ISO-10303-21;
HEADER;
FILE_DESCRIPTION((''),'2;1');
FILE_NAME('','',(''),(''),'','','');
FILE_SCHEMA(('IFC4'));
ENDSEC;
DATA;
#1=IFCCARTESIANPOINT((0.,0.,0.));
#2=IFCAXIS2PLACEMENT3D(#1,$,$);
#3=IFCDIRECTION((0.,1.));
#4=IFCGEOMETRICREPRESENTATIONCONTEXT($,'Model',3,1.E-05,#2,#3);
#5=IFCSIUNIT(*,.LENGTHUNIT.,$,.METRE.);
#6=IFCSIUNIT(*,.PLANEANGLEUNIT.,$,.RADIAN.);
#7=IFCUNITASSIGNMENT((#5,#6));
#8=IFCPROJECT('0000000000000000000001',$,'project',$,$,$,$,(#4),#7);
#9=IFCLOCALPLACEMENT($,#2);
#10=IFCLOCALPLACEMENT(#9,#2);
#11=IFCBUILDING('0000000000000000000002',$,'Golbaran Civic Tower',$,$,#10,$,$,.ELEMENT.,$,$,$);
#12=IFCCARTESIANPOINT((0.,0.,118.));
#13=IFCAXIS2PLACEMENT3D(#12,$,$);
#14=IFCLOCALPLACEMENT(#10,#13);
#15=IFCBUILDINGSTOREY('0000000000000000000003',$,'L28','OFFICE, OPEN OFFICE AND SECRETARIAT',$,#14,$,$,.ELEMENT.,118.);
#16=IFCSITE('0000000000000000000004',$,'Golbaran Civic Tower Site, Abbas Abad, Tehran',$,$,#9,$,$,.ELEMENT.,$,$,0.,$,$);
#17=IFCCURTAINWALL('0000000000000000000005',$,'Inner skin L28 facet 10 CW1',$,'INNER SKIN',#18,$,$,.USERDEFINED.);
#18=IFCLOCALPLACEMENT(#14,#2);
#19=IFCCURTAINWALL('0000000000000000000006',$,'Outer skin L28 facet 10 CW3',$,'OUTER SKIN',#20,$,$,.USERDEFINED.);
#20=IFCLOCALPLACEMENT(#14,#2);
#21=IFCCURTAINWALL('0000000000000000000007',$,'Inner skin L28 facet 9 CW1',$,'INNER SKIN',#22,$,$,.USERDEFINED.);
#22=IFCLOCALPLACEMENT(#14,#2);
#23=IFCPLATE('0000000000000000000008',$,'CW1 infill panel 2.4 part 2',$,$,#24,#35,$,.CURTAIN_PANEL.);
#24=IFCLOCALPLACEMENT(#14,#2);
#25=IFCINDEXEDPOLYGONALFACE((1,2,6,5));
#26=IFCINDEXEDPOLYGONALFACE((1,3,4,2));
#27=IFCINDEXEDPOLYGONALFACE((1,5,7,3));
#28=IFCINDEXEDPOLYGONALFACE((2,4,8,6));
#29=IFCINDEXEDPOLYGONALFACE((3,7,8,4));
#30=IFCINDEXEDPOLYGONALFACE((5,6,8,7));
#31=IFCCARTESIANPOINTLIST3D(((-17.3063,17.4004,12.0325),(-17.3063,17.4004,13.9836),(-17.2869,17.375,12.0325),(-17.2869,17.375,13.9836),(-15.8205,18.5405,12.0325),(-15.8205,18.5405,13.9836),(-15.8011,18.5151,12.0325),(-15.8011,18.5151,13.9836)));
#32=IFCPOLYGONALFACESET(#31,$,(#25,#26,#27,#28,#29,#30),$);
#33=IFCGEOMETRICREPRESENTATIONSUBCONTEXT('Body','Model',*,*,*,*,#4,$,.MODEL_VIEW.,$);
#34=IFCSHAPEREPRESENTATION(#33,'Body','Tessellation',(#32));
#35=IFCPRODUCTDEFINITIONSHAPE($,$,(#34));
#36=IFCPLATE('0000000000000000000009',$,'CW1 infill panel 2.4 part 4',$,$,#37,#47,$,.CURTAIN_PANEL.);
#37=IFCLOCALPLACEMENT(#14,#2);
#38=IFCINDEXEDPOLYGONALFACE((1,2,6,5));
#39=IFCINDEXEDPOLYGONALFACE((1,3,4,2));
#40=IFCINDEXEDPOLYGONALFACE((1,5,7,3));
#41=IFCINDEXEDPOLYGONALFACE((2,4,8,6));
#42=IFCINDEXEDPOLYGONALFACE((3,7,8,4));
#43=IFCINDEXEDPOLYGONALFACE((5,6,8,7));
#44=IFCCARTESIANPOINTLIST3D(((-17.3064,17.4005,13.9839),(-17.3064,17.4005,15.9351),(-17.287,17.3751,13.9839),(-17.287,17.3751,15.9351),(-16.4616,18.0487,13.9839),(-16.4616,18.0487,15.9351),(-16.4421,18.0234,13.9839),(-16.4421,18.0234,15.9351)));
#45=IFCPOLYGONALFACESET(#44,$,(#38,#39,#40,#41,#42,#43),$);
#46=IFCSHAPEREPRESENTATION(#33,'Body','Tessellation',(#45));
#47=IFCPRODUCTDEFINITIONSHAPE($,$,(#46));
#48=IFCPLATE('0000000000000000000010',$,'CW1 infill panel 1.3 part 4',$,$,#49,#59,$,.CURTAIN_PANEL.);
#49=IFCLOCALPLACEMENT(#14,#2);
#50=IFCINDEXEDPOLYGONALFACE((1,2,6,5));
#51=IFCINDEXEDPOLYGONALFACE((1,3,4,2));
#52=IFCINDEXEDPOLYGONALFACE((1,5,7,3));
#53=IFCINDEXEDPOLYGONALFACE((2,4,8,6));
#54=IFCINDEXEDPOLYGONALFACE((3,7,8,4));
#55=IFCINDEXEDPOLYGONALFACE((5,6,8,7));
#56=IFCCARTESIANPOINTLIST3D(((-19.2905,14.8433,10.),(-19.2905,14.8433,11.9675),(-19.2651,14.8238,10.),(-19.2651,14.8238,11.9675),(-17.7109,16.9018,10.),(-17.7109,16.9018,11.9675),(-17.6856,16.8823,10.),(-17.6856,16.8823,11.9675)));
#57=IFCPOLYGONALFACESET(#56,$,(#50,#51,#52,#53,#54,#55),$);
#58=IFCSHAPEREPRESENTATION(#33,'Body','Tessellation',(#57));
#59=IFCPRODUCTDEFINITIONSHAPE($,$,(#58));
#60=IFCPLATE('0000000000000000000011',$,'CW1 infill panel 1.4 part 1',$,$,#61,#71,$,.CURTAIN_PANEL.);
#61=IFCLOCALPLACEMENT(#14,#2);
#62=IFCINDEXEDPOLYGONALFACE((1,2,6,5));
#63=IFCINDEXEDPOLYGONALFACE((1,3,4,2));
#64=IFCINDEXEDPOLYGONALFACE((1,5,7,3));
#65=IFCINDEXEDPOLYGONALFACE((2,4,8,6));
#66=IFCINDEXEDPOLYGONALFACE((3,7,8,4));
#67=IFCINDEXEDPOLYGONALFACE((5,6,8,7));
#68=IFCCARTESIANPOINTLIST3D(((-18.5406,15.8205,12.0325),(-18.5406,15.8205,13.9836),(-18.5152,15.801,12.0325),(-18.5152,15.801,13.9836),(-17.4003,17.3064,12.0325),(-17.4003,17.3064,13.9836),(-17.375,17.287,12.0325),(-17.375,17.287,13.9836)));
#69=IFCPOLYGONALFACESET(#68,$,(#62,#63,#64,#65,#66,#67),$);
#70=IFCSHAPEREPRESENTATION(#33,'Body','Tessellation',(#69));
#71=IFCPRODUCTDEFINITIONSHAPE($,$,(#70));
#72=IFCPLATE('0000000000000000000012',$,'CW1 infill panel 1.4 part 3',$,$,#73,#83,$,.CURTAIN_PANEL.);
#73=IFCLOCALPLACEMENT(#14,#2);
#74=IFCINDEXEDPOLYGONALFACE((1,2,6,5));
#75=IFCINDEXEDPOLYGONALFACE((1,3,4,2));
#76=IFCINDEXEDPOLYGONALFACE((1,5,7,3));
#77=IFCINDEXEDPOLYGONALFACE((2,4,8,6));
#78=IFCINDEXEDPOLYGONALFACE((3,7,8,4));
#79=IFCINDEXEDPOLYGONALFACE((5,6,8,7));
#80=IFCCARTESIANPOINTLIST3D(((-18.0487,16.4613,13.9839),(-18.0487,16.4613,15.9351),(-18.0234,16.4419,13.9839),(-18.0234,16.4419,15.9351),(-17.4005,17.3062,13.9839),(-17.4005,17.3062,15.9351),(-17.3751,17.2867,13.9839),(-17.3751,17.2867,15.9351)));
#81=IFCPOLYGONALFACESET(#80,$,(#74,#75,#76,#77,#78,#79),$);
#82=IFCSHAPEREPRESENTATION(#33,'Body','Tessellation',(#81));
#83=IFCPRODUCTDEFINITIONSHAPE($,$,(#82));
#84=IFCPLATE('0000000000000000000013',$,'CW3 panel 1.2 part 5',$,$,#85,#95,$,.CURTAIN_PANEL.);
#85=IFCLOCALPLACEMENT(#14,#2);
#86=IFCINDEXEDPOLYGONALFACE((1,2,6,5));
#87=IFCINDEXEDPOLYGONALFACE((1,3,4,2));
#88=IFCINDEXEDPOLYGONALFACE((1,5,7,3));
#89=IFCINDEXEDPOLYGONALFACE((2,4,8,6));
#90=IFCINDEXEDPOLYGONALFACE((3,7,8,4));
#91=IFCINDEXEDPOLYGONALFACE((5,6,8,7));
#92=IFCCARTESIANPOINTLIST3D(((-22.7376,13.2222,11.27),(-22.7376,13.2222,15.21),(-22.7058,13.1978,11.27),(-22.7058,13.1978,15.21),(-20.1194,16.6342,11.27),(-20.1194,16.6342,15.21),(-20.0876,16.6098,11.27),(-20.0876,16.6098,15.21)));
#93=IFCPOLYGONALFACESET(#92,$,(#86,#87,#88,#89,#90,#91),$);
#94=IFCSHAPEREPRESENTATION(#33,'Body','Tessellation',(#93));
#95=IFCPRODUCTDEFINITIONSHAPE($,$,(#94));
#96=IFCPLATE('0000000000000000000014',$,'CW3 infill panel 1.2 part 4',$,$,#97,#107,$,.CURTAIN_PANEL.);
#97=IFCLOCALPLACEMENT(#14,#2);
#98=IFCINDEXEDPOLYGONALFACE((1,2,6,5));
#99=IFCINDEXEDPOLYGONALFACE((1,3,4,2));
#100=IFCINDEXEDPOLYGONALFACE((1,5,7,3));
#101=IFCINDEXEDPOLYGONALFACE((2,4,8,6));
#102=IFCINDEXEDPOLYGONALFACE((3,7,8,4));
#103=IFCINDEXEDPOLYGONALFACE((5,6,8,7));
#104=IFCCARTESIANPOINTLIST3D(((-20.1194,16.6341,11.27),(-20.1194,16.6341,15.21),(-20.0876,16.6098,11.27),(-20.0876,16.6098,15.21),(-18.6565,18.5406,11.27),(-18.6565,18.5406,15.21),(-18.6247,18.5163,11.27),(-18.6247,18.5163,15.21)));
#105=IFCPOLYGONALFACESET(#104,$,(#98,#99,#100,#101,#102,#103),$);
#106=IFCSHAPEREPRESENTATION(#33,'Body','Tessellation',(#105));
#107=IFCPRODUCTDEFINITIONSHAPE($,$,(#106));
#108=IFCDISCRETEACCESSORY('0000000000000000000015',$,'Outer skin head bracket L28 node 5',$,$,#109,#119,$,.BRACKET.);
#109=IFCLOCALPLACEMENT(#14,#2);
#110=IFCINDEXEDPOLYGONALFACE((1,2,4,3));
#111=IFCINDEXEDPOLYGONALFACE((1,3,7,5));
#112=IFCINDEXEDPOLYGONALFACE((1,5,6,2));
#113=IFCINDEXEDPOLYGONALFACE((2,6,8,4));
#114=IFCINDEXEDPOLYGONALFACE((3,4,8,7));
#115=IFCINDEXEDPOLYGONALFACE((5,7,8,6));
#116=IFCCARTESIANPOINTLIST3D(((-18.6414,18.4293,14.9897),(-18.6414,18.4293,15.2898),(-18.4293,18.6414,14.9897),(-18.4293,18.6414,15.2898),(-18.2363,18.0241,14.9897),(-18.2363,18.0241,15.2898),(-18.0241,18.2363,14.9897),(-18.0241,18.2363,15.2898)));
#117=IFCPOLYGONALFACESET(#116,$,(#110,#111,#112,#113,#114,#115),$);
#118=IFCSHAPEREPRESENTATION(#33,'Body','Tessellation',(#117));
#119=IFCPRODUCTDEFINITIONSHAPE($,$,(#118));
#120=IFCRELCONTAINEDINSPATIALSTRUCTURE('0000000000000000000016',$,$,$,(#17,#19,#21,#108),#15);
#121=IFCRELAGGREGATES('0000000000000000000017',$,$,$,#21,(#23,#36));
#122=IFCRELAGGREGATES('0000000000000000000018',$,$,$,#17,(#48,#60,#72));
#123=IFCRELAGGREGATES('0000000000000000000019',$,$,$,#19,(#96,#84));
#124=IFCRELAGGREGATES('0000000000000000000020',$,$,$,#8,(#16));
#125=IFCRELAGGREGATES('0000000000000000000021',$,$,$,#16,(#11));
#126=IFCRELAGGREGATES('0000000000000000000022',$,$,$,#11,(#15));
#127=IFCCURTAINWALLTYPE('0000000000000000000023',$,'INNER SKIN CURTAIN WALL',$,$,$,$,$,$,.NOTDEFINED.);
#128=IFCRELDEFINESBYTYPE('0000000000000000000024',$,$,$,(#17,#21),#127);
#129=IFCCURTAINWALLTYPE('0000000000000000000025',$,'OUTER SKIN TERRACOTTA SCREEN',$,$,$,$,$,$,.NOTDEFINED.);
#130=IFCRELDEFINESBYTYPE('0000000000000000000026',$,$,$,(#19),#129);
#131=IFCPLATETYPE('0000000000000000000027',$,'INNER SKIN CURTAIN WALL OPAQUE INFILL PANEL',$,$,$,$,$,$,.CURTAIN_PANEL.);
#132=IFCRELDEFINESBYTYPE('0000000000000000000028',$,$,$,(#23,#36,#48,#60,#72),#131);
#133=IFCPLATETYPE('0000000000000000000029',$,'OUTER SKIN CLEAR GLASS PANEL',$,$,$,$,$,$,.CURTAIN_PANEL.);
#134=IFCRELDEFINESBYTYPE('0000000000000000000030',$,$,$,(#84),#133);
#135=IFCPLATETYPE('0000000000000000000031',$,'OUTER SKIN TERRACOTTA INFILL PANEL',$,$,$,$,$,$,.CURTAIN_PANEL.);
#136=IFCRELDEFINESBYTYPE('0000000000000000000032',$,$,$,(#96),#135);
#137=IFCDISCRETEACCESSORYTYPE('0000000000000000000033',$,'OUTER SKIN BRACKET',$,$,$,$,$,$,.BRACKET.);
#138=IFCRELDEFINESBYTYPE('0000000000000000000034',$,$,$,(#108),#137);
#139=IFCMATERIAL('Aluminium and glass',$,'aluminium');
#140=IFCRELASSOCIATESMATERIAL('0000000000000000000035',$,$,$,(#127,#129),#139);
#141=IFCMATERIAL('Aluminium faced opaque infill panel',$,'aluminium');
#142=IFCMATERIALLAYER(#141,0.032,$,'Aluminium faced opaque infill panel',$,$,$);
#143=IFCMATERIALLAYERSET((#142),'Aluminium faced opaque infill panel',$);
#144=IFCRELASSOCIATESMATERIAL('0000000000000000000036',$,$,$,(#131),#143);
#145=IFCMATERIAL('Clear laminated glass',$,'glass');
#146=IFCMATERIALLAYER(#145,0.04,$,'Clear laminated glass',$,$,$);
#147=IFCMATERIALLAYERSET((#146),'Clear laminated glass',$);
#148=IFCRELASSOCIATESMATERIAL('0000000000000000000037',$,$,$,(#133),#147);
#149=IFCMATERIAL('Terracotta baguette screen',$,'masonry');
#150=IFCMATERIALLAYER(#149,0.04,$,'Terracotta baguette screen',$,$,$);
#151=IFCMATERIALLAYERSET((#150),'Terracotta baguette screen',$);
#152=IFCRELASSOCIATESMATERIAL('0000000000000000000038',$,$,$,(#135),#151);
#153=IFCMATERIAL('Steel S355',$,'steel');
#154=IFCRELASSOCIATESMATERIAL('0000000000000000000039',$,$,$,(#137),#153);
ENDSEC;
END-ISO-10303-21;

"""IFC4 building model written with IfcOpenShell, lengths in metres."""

from ifc_helpers import new_model, si_unit, direction, frame, origin, origin_2d, place, context, subcontext, project, spatial, rectangle, extrude, material, layer, layer_set, type_object, element, aggregate, save


model = new_model("IFC4")

# Units and contexts
model_context = context("Model", 3, precision=1e-05, world=origin(), true_north=direction((0.0, 1.0)))
body_context = subcontext(model_context, "Body", "Model", "MODEL_VIEW")
ifc_project = project(units=[si_unit("LENGTHUNIT", "METRE"), si_unit("PLANEANGLEUNIT", "RADIAN")], contexts=[model_context])

# Site, building, storey
site_placement = place(None, origin())
site = spatial("IfcSite", under=ifc_project, at=site_placement, Name="Golbaran Civic Tower Site, Abbas Abad, Tehran", CompositionType="ELEMENT", RefElevation=0.0)
building_placement = place(site_placement, origin())
building = spatial("IfcBuilding", under=site, at=building_placement, Name="Golbaran Civic Tower", CompositionType="ELEMENT")
storey_placement = place(building_placement, frame((0.0, 0.0, 118.0)))
storey = spatial("IfcBuildingStorey", under=building, at=storey_placement, Name="L28", Description="OFFICE, OPEN OFFICE AND SECRETARIAT", CompositionType="ELEMENT", Elevation=118.0)

# Curtain wall
ifc_material_1 = material(Name="Aluminium and glass", Category="aluminium")
curtain_wall_type_1 = type_object("IfcCurtainWallType", Name="INNER SKIN CURTAIN WALL", PredefinedType="NOTDEFINED", material=ifc_material_1)
curtain_wall_1_placement = place(storey_placement, origin())
curtain_wall_1 = element("IfcCurtainWall", 1, at=curtain_wall_1_placement, inside=storey, type_object=curtain_wall_type_1, Name="Inner skin L28 facet 10 CW1", ObjectType="INNER SKIN", PredefinedType="USERDEFINED")

# Curtain wall
curtain_wall_type_2 = type_object("IfcCurtainWallType", Name="OUTER SKIN TERRACOTTA SCREEN", PredefinedType="NOTDEFINED", material=ifc_material_1)
curtain_wall_2_placement = place(storey_placement, origin())
curtain_wall_2 = element("IfcCurtainWall", 2, at=curtain_wall_2_placement, inside=storey, type_object=curtain_wall_type_2, Name="Outer skin L28 facet 10 CW3", ObjectType="OUTER SKIN", PredefinedType="USERDEFINED")

# Curtain wall
curtain_wall_3_placement = place(storey_placement, origin())
curtain_wall_3 = element("IfcCurtainWall", 3, at=curtain_wall_3_placement, inside=storey, type_object=curtain_wall_type_1, Name="Inner skin L28 facet 9 CW1", ObjectType="INNER SKIN", PredefinedType="USERDEFINED")

# Plates
ifc_material_2 = material(Name="Aluminium faced opaque infill panel", Category="aluminium")
ifc_layer_1 = layer(ifc_material_2, 0.032, Name="Aluminium faced opaque infill panel")
ifc_layer_set_1 = layer_set([ifc_layer_1], Name="Aluminium faced opaque infill panel")
plate_type_1 = type_object("IfcPlateType", Name="INNER SKIN CURTAIN WALL OPAQUE INFILL PANEL", PredefinedType="CURTAIN_PANEL", material=ifc_layer_set_1)
plate_1_placement = place(storey_placement, frame((-16.5537, 17.9578, 12.0325), z_axis=(0.0, 0.0, 1.0), x_axis=(-0.793353, -0.608761, 0.0)))
plate_1 = element("IfcPlate", 4, at=plate_1_placement, type_object=plate_type_1, Name="CW1 infill panel 2.4 part 2", PredefinedType="CURTAIN_PANEL", context=body_context, shape_type="SweptSolid", body=[
    extrude(rectangle(XDim=1.8728, YDim=0.032, at=origin_2d()), origin(), (0.0, 0.0, 1.0), 1.9512),
])
plate_2_placement = place(storey_placement, frame((-16.8743, 17.7119, 13.9839), z_axis=(0.0, 0.0, 1.0), x_axis=(-0.793353, -0.608761, 0.0)))
plate_2 = element("IfcPlate", 5, at=plate_2_placement, type_object=plate_type_1, Name="CW1 infill panel 2.4 part 4", PredefinedType="CURTAIN_PANEL", context=body_context, shape_type="SweptSolid", body=[
    extrude(rectangle(XDim=1.0649, YDim=0.032, at=origin_2d()), origin(), (0.0, 0.0, 1.0), 1.9512),
])
aggregate(curtain_wall_3, [plate_1, plate_2])
plate_3_placement = place(storey_placement, frame((-18.488, 15.8628, 10.0), z_axis=(0.0, 0.0, 1.0), x_axis=(-0.608761, -0.793353, 0.0)))
plate_3 = element("IfcPlate", 6, at=plate_3_placement, type_object=plate_type_1, Name="CW1 infill panel 1.3 part 4", PredefinedType="CURTAIN_PANEL", context=body_context, shape_type="SweptSolid", body=[
    extrude(rectangle(XDim=2.5947, YDim=0.032, at=origin_2d()), origin(), (0.0, 0.0, 1.0), 1.9675),
])
plate_4_placement = place(storey_placement, frame((-17.9578, 16.5537, 12.0325), z_axis=(0.0, 0.0, 1.0), x_axis=(-0.608761, -0.793353, 0.0)))
plate_4 = element("IfcPlate", 7, at=plate_4_placement, type_object=plate_type_1, Name="CW1 infill panel 1.4 part 1", PredefinedType="CURTAIN_PANEL", context=body_context, shape_type="SweptSolid", body=[
    extrude(rectangle(XDim=1.873, YDim=0.032, at=origin_2d()), origin(), (0.0, 0.0, 1.0), 1.9512),
])
plate_5_placement = place(storey_placement, frame((-17.7119, 16.874, 13.9839), z_axis=(0.0, 0.0, 1.0), x_axis=(-0.608761, -0.793353, 0.0)))
plate_5 = element("IfcPlate", 8, at=plate_5_placement, type_object=plate_type_1, Name="CW1 infill panel 1.4 part 3", PredefinedType="CURTAIN_PANEL", context=body_context, shape_type="SweptSolid", body=[
    extrude(rectangle(XDim=1.0649, YDim=0.032, at=origin_2d()), origin(), (0.0, 0.0, 1.0), 1.9512),
])
aggregate(curtain_wall_1, [plate_3, plate_4, plate_5])
ifc_material_3 = material(Name="Clear laminated glass", Category="glass")
ifc_layer_2 = layer(ifc_material_3, 0.04, Name="Clear laminated glass")
ifc_layer_set_2 = layer_set([ifc_layer_2], Name="Clear laminated glass")
plate_type_2 = type_object("IfcPlateType", Name="OUTER SKIN CLEAR GLASS PANEL", PredefinedType="CURTAIN_PANEL", material=ifc_layer_set_2)
plate_6_placement = place(storey_placement, frame((-21.4126, 14.916, 11.27), z_axis=(0.0, 0.0, 1.0), x_axis=(-0.608761, -0.793353, 0.0)))
plate_6 = element("IfcPlate", 9, at=plate_6_placement, type_object=plate_type_2, Name="CW3 panel 1.2 part 5", PredefinedType="CURTAIN_PANEL", context=body_context, shape_type="SweptSolid", body=[
    extrude(rectangle(XDim=4.3008, YDim=0.04, at=origin_2d()), origin(), (0.0, 0.0, 1.0), 3.9399),
])
ifc_material_4 = material(Name="Terracotta baguette screen", Category="masonry")
ifc_layer_3 = layer(ifc_material_4, 0.04, Name="Terracotta baguette screen")
ifc_layer_set_3 = layer_set([ifc_layer_3], Name="Terracotta baguette screen")
plate_type_3 = type_object("IfcPlateType", Name="OUTER SKIN TERRACOTTA INFILL PANEL", PredefinedType="CURTAIN_PANEL", material=ifc_layer_set_3)
plate_7_placement = place(storey_placement, frame((-19.3721, 17.5752, 11.27), z_axis=(0.0, 0.0, 1.0), x_axis=(-0.608761, -0.793353, 0.0)))
plate_7 = element("IfcPlate", 10, at=plate_7_placement, type_object=plate_type_3, Name="CW3 infill panel 1.2 part 4", PredefinedType="CURTAIN_PANEL", context=body_context, shape_type="SweptSolid", body=[
    extrude(rectangle(XDim=2.4031, YDim=0.04, at=origin_2d()), origin(), (0.0, 0.0, 1.0), 3.9399),
])
aggregate(curtain_wall_2, [plate_7, plate_6])

# Discrete accessory
ifc_material_5 = material(Name="Steel S355", Category="steel")
discrete_accessory_type = type_object("IfcDiscreteAccessoryType", Name="OUTER SKIN BRACKET", PredefinedType="BRACKET", material=ifc_material_5)
discrete_accessory_placement = place(storey_placement, frame((-18.3328, 18.3328, 14.9897), z_axis=(0.0, 0.0, 1.0), x_axis=(-0.707107, 0.707107, 0.0)))
element("IfcDiscreteAccessory", 11, at=discrete_accessory_placement, inside=storey, type_object=discrete_accessory_type, Name="Outer skin head bracket L28 node 5", PredefinedType="BRACKET", context=body_context, shape_type="SweptSolid", body=[
    extrude(rectangle(XDim=0.573, YDim=0.3, at=origin_2d()), origin(), (0.0, 0.0, 1.0), 0.3),
])

save(model, "model.ifc")
